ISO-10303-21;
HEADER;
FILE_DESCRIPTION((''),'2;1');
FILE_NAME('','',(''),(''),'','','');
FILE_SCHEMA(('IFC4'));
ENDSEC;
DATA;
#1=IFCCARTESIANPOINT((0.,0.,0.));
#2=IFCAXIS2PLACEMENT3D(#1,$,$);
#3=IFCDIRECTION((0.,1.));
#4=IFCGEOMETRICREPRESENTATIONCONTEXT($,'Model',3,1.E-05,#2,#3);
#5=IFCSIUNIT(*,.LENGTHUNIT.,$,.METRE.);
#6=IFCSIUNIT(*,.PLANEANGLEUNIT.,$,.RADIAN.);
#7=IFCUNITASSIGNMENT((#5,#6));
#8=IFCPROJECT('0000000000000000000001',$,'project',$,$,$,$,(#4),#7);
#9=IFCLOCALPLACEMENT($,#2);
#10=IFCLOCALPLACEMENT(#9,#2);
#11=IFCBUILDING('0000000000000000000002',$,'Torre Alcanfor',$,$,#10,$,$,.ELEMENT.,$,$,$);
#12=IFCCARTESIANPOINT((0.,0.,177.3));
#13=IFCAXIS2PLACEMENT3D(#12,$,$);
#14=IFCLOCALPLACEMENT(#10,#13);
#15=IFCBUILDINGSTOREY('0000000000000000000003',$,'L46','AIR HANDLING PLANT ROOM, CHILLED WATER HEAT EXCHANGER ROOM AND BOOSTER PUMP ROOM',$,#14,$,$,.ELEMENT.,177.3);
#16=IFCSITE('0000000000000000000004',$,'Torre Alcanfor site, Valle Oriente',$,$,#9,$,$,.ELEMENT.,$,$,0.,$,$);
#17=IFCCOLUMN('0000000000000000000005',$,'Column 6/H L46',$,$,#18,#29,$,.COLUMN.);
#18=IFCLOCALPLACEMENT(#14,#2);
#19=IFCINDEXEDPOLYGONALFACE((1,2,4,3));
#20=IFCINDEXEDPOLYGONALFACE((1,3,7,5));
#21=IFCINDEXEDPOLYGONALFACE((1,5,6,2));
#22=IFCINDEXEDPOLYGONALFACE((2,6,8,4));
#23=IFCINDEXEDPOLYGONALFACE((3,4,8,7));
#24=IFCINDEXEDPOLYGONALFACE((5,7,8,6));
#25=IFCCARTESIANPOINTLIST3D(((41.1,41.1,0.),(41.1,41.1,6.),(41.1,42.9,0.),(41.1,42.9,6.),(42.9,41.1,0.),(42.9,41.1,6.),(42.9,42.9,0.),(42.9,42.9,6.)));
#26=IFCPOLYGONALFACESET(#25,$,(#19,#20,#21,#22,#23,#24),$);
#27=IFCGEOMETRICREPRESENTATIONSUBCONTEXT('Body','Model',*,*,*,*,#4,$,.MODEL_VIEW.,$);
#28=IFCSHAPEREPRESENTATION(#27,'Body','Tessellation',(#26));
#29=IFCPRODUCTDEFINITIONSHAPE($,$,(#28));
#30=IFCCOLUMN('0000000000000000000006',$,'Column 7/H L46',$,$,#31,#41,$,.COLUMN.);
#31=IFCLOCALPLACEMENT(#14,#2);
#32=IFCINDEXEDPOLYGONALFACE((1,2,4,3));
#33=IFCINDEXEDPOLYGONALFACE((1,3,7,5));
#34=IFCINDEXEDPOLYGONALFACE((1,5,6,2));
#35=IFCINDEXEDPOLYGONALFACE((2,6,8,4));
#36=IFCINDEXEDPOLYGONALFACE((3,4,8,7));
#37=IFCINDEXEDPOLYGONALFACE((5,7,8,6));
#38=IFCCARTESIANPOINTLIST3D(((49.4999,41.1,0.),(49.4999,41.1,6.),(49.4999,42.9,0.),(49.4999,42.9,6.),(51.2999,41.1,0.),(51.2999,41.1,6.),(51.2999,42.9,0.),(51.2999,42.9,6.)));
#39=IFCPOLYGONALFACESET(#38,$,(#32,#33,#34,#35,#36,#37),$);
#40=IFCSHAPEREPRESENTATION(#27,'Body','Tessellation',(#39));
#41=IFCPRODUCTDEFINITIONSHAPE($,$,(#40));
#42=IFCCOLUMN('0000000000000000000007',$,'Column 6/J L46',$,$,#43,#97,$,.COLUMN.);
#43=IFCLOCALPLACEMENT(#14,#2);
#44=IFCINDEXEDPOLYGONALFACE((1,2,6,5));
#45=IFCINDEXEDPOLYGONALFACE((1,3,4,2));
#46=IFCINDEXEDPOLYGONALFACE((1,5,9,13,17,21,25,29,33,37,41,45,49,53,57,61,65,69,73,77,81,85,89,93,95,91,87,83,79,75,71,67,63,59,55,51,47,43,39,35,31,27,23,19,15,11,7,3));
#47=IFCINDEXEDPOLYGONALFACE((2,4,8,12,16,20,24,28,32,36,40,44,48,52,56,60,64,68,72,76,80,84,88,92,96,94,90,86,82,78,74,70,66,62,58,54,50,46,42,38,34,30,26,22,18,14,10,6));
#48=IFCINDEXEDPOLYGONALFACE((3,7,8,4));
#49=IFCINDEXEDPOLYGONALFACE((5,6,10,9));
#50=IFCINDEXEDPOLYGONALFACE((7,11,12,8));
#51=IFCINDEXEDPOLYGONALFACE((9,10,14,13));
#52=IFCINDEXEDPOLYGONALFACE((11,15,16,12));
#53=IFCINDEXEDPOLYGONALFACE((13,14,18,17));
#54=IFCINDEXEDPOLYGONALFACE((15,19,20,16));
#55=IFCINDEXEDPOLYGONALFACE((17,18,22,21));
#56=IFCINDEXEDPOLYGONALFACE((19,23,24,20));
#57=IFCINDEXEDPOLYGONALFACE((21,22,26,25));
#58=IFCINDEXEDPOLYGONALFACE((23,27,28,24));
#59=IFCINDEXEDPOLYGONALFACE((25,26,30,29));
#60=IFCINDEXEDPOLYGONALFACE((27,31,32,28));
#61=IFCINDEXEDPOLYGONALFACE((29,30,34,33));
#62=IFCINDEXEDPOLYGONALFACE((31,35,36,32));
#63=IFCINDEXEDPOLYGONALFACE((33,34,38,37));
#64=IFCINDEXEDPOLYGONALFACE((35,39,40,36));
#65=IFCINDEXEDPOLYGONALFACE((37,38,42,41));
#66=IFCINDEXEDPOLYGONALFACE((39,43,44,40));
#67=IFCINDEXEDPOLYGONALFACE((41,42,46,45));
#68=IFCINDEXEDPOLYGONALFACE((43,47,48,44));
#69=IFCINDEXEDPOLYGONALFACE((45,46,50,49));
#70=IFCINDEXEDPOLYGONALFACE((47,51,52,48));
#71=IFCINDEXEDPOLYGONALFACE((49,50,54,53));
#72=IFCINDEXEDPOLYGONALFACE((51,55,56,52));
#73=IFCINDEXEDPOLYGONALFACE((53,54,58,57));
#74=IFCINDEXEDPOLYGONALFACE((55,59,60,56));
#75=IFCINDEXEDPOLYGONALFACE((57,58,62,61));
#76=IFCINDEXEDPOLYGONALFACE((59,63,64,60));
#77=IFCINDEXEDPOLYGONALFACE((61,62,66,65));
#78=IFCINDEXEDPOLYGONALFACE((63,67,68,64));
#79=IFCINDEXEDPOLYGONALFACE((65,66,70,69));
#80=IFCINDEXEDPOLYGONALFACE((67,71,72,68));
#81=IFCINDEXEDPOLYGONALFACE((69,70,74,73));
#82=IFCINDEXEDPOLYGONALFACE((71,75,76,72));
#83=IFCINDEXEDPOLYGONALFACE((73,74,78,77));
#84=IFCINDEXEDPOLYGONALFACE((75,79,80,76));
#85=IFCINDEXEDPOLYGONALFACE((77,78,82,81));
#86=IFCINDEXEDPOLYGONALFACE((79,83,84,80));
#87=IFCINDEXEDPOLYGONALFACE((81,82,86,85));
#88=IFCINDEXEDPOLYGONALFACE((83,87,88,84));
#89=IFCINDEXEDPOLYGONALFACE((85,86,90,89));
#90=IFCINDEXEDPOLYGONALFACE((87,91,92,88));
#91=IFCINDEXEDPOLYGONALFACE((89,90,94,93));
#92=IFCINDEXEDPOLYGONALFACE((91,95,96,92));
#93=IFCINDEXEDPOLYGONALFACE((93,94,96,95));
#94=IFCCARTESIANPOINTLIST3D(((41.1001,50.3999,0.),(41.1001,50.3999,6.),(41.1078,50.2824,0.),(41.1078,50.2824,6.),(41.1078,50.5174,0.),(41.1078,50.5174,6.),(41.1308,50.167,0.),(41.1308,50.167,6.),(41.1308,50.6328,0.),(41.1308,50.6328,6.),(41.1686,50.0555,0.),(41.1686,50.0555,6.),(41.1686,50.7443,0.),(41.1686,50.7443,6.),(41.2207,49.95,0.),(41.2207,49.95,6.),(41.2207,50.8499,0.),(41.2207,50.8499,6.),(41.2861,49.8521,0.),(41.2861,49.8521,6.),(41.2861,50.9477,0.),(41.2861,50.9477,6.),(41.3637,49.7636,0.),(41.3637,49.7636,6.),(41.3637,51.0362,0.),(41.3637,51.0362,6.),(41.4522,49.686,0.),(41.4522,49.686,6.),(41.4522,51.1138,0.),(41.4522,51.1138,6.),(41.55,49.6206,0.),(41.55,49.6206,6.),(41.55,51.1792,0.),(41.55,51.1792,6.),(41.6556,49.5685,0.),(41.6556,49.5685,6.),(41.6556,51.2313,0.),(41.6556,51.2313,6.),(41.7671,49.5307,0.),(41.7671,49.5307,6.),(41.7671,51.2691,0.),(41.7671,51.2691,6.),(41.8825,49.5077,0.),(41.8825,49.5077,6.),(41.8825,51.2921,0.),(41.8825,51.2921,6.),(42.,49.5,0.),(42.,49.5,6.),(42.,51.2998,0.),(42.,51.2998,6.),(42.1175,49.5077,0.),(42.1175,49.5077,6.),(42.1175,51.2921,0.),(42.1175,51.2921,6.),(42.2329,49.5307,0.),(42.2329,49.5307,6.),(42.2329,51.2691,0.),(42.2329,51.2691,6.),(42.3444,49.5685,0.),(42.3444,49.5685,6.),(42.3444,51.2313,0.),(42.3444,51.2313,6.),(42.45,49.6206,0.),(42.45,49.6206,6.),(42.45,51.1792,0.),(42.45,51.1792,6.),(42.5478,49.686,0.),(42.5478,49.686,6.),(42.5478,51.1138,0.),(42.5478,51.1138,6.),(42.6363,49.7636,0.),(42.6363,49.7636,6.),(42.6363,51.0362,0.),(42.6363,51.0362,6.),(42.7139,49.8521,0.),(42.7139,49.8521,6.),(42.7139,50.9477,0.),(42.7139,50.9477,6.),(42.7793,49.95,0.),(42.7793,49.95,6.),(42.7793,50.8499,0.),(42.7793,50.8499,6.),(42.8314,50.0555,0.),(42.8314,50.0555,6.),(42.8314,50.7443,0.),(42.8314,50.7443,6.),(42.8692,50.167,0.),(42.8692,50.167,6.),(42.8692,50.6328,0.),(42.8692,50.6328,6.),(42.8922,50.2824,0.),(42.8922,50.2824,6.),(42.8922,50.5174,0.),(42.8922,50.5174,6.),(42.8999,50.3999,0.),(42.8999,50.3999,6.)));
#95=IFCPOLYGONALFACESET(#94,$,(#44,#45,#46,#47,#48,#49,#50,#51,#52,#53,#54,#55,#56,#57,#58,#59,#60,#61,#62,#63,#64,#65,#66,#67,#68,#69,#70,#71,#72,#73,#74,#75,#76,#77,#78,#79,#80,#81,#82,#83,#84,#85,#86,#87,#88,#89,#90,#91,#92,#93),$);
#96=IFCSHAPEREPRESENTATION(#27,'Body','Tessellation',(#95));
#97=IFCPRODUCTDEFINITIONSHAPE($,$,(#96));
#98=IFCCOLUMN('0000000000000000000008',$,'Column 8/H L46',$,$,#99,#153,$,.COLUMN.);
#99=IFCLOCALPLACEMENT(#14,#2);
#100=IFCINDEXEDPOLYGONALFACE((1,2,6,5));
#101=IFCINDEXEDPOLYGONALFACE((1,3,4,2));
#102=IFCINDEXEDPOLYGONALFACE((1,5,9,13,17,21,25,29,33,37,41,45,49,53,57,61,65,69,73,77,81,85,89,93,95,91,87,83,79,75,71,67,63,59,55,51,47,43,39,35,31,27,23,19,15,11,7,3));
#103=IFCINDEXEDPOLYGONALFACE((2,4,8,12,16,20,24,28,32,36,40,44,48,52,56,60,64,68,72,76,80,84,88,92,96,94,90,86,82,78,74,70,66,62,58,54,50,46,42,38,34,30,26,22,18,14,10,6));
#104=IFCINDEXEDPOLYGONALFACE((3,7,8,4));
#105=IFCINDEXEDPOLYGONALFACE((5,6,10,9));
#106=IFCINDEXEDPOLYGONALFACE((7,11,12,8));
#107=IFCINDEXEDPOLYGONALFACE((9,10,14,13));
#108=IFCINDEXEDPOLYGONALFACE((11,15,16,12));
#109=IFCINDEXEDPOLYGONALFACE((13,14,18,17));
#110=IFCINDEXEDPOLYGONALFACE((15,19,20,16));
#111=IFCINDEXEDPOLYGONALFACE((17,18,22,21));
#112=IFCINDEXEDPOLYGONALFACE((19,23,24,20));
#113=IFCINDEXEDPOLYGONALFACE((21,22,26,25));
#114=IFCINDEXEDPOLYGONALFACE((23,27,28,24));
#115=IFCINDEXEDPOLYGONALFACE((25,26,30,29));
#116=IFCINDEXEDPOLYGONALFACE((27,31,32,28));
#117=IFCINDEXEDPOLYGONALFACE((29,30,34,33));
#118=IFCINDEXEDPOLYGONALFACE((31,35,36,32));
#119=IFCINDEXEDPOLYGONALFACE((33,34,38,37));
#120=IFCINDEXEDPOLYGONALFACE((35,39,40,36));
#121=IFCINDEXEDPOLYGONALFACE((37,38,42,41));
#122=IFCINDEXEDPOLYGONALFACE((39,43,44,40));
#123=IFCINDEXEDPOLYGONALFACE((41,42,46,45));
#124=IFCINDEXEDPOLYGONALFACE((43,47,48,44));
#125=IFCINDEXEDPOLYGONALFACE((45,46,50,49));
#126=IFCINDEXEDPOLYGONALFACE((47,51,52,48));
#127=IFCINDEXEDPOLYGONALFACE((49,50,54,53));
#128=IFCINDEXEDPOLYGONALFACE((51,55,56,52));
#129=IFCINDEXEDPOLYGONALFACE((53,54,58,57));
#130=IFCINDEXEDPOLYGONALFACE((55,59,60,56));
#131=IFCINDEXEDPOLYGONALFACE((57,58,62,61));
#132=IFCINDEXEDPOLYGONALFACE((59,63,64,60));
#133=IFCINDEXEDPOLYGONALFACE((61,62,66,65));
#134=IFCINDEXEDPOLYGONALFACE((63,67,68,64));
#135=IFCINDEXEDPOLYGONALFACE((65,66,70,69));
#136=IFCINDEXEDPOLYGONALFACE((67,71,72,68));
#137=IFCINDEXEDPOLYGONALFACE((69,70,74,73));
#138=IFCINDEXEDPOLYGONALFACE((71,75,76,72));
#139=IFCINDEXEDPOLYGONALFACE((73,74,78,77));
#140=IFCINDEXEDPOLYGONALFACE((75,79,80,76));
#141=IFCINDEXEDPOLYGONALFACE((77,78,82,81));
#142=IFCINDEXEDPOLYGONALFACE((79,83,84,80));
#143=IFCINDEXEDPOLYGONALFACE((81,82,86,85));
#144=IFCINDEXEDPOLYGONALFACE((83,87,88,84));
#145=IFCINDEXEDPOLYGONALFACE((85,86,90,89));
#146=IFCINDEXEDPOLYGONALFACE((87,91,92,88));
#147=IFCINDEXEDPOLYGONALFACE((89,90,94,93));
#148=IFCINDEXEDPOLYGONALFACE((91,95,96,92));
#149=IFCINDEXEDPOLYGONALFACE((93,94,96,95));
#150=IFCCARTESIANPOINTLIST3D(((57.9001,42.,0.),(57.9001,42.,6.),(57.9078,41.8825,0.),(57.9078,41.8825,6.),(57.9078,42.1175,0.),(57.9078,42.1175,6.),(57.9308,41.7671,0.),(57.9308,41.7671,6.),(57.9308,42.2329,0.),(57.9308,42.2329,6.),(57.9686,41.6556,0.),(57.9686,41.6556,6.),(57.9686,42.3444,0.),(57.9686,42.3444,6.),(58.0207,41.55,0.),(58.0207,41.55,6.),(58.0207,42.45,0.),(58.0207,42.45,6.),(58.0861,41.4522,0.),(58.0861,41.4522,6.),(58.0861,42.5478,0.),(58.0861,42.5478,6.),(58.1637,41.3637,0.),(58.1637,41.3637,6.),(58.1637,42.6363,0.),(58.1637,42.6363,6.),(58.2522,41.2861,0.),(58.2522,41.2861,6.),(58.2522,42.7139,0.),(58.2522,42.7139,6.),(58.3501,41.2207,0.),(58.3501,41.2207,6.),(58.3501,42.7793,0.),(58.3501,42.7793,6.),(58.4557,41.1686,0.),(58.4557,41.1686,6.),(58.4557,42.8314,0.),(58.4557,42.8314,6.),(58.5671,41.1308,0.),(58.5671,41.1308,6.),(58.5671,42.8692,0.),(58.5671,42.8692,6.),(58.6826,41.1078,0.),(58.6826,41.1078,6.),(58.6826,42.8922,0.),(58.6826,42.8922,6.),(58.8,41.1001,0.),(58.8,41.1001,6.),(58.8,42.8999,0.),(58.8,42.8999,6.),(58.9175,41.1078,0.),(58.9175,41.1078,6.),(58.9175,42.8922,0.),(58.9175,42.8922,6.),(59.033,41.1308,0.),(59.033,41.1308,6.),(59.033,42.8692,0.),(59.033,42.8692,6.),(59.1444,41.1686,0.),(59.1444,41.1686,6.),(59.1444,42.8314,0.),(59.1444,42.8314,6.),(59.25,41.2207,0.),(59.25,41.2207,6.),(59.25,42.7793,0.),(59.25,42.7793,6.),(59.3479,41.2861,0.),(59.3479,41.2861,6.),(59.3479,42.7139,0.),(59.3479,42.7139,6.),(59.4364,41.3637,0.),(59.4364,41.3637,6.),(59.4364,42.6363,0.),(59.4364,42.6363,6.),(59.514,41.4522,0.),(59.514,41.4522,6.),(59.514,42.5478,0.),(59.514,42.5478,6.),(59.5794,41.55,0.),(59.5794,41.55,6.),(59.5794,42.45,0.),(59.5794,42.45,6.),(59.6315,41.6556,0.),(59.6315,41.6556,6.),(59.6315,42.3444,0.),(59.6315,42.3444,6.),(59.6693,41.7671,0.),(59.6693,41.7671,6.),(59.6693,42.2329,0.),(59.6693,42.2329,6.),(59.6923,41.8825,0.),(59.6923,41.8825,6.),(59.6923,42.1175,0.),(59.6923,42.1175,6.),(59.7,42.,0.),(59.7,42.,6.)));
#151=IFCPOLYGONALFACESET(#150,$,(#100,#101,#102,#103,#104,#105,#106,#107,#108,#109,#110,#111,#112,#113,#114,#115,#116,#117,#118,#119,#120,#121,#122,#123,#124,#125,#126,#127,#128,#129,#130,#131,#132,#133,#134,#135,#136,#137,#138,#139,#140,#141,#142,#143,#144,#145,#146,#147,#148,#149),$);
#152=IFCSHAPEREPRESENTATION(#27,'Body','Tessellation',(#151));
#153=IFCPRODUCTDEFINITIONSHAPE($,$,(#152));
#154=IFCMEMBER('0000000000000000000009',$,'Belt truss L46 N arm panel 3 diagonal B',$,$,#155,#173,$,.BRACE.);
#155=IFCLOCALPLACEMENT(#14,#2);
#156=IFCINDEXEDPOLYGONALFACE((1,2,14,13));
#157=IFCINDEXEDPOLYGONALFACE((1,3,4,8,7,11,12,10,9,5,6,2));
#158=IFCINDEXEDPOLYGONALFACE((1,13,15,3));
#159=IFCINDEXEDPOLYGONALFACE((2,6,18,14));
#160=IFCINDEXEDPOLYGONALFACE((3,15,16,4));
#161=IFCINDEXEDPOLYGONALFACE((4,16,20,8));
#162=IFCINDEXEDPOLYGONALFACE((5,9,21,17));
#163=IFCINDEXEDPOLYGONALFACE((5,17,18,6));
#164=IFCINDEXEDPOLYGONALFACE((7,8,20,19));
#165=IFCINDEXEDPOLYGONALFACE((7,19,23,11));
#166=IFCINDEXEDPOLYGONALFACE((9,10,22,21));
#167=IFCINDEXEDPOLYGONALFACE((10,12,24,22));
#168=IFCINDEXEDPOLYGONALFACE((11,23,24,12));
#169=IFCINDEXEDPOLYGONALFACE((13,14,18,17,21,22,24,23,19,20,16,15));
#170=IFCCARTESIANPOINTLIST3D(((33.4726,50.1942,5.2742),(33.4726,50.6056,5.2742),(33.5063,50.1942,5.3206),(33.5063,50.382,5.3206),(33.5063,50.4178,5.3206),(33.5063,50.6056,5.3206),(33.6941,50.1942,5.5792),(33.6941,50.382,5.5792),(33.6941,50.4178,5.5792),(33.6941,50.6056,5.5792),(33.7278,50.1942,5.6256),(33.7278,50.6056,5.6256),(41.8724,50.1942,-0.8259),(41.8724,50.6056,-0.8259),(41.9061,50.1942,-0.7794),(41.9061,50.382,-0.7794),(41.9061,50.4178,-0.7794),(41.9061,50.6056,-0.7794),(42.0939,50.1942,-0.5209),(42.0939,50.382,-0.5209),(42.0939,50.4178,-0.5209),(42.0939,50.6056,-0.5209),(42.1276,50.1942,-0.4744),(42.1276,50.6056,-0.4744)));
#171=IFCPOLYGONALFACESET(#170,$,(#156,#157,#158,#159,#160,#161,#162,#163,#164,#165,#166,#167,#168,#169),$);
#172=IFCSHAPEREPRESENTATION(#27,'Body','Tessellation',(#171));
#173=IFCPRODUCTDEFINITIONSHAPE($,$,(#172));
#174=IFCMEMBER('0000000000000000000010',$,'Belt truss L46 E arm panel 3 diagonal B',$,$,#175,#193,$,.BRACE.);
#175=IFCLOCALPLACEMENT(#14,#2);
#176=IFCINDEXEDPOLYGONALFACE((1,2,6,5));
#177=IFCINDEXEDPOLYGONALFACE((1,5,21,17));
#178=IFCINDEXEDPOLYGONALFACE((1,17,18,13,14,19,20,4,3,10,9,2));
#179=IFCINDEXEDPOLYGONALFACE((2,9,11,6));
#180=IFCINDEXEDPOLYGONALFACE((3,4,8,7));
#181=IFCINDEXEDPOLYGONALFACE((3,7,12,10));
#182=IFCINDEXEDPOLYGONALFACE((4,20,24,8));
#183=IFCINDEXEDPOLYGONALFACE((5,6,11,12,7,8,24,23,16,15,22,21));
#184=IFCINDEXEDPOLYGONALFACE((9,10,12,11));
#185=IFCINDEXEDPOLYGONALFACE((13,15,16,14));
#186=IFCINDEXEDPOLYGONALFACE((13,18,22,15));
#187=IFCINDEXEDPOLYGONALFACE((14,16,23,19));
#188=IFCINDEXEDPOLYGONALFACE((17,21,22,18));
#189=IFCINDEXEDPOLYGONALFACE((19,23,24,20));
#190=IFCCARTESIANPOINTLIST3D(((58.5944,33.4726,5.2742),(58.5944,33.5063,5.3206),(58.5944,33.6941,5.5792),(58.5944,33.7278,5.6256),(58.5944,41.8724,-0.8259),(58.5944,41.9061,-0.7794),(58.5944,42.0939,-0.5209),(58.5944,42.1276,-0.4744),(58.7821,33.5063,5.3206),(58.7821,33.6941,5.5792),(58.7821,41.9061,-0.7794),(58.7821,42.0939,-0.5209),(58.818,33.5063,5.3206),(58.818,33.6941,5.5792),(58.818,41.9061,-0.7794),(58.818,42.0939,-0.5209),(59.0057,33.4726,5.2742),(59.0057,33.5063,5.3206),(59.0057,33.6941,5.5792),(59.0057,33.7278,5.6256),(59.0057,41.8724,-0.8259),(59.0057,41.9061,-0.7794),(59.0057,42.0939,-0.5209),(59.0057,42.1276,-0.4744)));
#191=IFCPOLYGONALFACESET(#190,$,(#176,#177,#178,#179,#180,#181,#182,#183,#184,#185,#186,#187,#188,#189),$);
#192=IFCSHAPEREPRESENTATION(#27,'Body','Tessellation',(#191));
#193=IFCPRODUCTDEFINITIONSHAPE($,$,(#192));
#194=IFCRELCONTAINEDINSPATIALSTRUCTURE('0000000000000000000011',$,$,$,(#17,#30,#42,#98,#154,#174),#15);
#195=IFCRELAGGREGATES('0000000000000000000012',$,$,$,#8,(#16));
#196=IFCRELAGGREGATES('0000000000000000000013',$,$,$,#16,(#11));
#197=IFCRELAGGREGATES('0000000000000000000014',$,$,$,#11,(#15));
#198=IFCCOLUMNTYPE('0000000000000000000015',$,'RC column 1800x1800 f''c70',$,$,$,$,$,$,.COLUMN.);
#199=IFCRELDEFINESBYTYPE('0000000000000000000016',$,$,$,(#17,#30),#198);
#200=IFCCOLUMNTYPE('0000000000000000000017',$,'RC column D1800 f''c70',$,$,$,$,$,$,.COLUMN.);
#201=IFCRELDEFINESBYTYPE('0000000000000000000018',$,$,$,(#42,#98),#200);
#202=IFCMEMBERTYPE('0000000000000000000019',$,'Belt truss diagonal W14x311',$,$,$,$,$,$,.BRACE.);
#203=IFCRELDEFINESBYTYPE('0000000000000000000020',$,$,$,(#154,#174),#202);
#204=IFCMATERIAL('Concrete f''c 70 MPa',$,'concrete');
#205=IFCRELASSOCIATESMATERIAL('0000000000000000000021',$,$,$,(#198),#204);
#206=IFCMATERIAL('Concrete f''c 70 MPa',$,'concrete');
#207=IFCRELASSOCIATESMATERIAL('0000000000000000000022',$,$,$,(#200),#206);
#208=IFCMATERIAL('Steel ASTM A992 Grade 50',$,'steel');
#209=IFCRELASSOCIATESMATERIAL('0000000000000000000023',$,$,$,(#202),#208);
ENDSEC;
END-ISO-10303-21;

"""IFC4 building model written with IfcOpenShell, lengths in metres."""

from ifc_helpers import new_model, si_unit, direction, frame, origin, origin_2d, place, context, subcontext, project, spatial, rectangle, circle, i_section, extrude, material, material_profile, profile_set, type_object, element, save


model = new_model("IFC4")

# Units and contexts
model_context = context("Model", 3, precision=1e-05, world=origin(), true_north=direction((0.0, 1.0)))
body_context = subcontext(model_context, "Body", "Model", "MODEL_VIEW")
ifc_project = project(units=[si_unit("LENGTHUNIT", "METRE"), si_unit("PLANEANGLEUNIT", "RADIAN")], contexts=[model_context])

# Site, building, storey
site_placement = place(None, origin())
site = spatial("IfcSite", under=ifc_project, at=site_placement, Name="Torre Alcanfor site, Valle Oriente", CompositionType="ELEMENT", RefElevation=0.0)
building_placement = place(site_placement, origin())
building = spatial("IfcBuilding", under=site, at=building_placement, Name="Torre Alcanfor", CompositionType="ELEMENT")
storey_placement = place(building_placement, frame((0.0, 0.0, 177.3)))
storey = spatial("IfcBuildingStorey", under=building, at=storey_placement, Name="L46", Description="AIR HANDLING PLANT ROOM, CHILLED WATER HEAT EXCHANGER ROOM AND BOOSTER PUMP ROOM", CompositionType="ELEMENT", Elevation=177.3)

# Columns
ifc_material_1 = material(Name="Concrete f'c 70 MPa", Category="concrete")
ifc_material_profile_1 = material_profile(ifc_material_1, rectangle(XDim=1.8, YDim=1.8, at=origin_2d()), Name="1800x1800")
ifc_profile_set_1 = profile_set([ifc_material_profile_1], Name="Concrete f'c 70 MPa")
column_type_1 = type_object("IfcColumnType", Name="RC column 1800x1800 f'c70", PredefinedType="COLUMN", material=ifc_profile_set_1)
for number, where, z_axis, x_axis, name in (
    (1, (42.0, 42.0, 0.0), (0.0, 0.0, 1.0), (1.0, 0.0, 0.0), "Column 6/H L46"),
    (2, (50.3999, 42.0, 0.0), (0.0, 0.0, 1.0), (1.0, 0.0, 0.0), "Column 7/H L46"),
):
    element("IfcColumn", number, at=place(storey_placement, frame(where, z_axis=z_axis, x_axis=x_axis)), inside=storey, type_object=column_type_1, Name=name, PredefinedType="COLUMN", context=body_context, shape_type="SweptSolid", body=[
        extrude(rectangle(XDim=1.8, YDim=1.8, at=origin_2d()), origin(), (0.0, 0.0, 1.0), 6.0),
    ])
ifc_material_2 = material(Name="Concrete f'c 70 MPa", Category="concrete")
ifc_material_profile_2 = material_profile(ifc_material_2, circle(Radius=0.8999, at=origin_2d()), Name="D1800")
ifc_profile_set_2 = profile_set([ifc_material_profile_2], Name="Concrete f'c 70 MPa")
column_type_2 = type_object("IfcColumnType", Name="RC column D1800 f'c70", PredefinedType="COLUMN", material=ifc_profile_set_2)
for number, where, z_axis, x_axis, name in (
    (3, (42.0, 50.3999, 0.0), (0.0, 0.0, 1.0), (1.0, 0.0, 0.0), "Column 6/J L46"),
    (4, (58.8, 42.0, 0.0), (0.0, 0.0, 1.0), (1.0, 0.0, 0.0), "Column 8/H L46"),
):
    element("IfcColumn", number, at=place(storey_placement, frame(where, z_axis=z_axis, x_axis=x_axis)), inside=storey, type_object=column_type_2, Name=name, PredefinedType="COLUMN", context=body_context, shape_type="SweptSolid", body=[
        extrude(circle(Radius=0.8999, at=origin_2d()), origin(), (0.0, 0.0, 1.0), 6.0),
    ])

# Members
ifc_material_3 = material(Name="Steel ASTM A992 Grade 50", Category="steel")
ifc_material_profile_3 = material_profile(ifc_material_3, i_section(OverallWidth=0.4114, OverallDepth=0.4343, WebThickness=0.0359, FlangeThickness=0.0574, at=origin_2d()), Name="W14x311")
ifc_profile_set_3 = profile_set([ifc_material_profile_3], Name="Steel ASTM A992 Grade 50")
member_type_1 = type_object("IfcMemberType", Name="Belt truss diagonal W14x311", PredefinedType="BRACE", material=ifc_profile_set_3)
for number, where, z_axis, x_axis, name in (
    (5, (42.0, 50.3999, -0.6501), (-0.809145, 0.0, 0.587609), (0.0, -1.0, 0.0), "Belt truss L46 N arm panel 3 diagonal B"),
    (6, (58.8, 42.0, -0.6501), (0.0, -0.809145, 0.587609), (1.0, 0.0, 0.0), "Belt truss L46 E arm panel 3 diagonal B"),
):
    element("IfcMember", number, at=place(storey_placement, frame(where, z_axis=z_axis, x_axis=x_axis)), inside=storey, type_object=member_type_1, Name=name, PredefinedType="BRACE", context=body_context, shape_type="SweptSolid", body=[
        extrude(i_section(OverallWidth=0.4114, OverallDepth=0.4343, WebThickness=0.0359, FlangeThickness=0.0574, at=origin_2d()), origin(), (0.0, 0.0, 1.0), 10.3811),
    ])

save(model, "model.ifc")
